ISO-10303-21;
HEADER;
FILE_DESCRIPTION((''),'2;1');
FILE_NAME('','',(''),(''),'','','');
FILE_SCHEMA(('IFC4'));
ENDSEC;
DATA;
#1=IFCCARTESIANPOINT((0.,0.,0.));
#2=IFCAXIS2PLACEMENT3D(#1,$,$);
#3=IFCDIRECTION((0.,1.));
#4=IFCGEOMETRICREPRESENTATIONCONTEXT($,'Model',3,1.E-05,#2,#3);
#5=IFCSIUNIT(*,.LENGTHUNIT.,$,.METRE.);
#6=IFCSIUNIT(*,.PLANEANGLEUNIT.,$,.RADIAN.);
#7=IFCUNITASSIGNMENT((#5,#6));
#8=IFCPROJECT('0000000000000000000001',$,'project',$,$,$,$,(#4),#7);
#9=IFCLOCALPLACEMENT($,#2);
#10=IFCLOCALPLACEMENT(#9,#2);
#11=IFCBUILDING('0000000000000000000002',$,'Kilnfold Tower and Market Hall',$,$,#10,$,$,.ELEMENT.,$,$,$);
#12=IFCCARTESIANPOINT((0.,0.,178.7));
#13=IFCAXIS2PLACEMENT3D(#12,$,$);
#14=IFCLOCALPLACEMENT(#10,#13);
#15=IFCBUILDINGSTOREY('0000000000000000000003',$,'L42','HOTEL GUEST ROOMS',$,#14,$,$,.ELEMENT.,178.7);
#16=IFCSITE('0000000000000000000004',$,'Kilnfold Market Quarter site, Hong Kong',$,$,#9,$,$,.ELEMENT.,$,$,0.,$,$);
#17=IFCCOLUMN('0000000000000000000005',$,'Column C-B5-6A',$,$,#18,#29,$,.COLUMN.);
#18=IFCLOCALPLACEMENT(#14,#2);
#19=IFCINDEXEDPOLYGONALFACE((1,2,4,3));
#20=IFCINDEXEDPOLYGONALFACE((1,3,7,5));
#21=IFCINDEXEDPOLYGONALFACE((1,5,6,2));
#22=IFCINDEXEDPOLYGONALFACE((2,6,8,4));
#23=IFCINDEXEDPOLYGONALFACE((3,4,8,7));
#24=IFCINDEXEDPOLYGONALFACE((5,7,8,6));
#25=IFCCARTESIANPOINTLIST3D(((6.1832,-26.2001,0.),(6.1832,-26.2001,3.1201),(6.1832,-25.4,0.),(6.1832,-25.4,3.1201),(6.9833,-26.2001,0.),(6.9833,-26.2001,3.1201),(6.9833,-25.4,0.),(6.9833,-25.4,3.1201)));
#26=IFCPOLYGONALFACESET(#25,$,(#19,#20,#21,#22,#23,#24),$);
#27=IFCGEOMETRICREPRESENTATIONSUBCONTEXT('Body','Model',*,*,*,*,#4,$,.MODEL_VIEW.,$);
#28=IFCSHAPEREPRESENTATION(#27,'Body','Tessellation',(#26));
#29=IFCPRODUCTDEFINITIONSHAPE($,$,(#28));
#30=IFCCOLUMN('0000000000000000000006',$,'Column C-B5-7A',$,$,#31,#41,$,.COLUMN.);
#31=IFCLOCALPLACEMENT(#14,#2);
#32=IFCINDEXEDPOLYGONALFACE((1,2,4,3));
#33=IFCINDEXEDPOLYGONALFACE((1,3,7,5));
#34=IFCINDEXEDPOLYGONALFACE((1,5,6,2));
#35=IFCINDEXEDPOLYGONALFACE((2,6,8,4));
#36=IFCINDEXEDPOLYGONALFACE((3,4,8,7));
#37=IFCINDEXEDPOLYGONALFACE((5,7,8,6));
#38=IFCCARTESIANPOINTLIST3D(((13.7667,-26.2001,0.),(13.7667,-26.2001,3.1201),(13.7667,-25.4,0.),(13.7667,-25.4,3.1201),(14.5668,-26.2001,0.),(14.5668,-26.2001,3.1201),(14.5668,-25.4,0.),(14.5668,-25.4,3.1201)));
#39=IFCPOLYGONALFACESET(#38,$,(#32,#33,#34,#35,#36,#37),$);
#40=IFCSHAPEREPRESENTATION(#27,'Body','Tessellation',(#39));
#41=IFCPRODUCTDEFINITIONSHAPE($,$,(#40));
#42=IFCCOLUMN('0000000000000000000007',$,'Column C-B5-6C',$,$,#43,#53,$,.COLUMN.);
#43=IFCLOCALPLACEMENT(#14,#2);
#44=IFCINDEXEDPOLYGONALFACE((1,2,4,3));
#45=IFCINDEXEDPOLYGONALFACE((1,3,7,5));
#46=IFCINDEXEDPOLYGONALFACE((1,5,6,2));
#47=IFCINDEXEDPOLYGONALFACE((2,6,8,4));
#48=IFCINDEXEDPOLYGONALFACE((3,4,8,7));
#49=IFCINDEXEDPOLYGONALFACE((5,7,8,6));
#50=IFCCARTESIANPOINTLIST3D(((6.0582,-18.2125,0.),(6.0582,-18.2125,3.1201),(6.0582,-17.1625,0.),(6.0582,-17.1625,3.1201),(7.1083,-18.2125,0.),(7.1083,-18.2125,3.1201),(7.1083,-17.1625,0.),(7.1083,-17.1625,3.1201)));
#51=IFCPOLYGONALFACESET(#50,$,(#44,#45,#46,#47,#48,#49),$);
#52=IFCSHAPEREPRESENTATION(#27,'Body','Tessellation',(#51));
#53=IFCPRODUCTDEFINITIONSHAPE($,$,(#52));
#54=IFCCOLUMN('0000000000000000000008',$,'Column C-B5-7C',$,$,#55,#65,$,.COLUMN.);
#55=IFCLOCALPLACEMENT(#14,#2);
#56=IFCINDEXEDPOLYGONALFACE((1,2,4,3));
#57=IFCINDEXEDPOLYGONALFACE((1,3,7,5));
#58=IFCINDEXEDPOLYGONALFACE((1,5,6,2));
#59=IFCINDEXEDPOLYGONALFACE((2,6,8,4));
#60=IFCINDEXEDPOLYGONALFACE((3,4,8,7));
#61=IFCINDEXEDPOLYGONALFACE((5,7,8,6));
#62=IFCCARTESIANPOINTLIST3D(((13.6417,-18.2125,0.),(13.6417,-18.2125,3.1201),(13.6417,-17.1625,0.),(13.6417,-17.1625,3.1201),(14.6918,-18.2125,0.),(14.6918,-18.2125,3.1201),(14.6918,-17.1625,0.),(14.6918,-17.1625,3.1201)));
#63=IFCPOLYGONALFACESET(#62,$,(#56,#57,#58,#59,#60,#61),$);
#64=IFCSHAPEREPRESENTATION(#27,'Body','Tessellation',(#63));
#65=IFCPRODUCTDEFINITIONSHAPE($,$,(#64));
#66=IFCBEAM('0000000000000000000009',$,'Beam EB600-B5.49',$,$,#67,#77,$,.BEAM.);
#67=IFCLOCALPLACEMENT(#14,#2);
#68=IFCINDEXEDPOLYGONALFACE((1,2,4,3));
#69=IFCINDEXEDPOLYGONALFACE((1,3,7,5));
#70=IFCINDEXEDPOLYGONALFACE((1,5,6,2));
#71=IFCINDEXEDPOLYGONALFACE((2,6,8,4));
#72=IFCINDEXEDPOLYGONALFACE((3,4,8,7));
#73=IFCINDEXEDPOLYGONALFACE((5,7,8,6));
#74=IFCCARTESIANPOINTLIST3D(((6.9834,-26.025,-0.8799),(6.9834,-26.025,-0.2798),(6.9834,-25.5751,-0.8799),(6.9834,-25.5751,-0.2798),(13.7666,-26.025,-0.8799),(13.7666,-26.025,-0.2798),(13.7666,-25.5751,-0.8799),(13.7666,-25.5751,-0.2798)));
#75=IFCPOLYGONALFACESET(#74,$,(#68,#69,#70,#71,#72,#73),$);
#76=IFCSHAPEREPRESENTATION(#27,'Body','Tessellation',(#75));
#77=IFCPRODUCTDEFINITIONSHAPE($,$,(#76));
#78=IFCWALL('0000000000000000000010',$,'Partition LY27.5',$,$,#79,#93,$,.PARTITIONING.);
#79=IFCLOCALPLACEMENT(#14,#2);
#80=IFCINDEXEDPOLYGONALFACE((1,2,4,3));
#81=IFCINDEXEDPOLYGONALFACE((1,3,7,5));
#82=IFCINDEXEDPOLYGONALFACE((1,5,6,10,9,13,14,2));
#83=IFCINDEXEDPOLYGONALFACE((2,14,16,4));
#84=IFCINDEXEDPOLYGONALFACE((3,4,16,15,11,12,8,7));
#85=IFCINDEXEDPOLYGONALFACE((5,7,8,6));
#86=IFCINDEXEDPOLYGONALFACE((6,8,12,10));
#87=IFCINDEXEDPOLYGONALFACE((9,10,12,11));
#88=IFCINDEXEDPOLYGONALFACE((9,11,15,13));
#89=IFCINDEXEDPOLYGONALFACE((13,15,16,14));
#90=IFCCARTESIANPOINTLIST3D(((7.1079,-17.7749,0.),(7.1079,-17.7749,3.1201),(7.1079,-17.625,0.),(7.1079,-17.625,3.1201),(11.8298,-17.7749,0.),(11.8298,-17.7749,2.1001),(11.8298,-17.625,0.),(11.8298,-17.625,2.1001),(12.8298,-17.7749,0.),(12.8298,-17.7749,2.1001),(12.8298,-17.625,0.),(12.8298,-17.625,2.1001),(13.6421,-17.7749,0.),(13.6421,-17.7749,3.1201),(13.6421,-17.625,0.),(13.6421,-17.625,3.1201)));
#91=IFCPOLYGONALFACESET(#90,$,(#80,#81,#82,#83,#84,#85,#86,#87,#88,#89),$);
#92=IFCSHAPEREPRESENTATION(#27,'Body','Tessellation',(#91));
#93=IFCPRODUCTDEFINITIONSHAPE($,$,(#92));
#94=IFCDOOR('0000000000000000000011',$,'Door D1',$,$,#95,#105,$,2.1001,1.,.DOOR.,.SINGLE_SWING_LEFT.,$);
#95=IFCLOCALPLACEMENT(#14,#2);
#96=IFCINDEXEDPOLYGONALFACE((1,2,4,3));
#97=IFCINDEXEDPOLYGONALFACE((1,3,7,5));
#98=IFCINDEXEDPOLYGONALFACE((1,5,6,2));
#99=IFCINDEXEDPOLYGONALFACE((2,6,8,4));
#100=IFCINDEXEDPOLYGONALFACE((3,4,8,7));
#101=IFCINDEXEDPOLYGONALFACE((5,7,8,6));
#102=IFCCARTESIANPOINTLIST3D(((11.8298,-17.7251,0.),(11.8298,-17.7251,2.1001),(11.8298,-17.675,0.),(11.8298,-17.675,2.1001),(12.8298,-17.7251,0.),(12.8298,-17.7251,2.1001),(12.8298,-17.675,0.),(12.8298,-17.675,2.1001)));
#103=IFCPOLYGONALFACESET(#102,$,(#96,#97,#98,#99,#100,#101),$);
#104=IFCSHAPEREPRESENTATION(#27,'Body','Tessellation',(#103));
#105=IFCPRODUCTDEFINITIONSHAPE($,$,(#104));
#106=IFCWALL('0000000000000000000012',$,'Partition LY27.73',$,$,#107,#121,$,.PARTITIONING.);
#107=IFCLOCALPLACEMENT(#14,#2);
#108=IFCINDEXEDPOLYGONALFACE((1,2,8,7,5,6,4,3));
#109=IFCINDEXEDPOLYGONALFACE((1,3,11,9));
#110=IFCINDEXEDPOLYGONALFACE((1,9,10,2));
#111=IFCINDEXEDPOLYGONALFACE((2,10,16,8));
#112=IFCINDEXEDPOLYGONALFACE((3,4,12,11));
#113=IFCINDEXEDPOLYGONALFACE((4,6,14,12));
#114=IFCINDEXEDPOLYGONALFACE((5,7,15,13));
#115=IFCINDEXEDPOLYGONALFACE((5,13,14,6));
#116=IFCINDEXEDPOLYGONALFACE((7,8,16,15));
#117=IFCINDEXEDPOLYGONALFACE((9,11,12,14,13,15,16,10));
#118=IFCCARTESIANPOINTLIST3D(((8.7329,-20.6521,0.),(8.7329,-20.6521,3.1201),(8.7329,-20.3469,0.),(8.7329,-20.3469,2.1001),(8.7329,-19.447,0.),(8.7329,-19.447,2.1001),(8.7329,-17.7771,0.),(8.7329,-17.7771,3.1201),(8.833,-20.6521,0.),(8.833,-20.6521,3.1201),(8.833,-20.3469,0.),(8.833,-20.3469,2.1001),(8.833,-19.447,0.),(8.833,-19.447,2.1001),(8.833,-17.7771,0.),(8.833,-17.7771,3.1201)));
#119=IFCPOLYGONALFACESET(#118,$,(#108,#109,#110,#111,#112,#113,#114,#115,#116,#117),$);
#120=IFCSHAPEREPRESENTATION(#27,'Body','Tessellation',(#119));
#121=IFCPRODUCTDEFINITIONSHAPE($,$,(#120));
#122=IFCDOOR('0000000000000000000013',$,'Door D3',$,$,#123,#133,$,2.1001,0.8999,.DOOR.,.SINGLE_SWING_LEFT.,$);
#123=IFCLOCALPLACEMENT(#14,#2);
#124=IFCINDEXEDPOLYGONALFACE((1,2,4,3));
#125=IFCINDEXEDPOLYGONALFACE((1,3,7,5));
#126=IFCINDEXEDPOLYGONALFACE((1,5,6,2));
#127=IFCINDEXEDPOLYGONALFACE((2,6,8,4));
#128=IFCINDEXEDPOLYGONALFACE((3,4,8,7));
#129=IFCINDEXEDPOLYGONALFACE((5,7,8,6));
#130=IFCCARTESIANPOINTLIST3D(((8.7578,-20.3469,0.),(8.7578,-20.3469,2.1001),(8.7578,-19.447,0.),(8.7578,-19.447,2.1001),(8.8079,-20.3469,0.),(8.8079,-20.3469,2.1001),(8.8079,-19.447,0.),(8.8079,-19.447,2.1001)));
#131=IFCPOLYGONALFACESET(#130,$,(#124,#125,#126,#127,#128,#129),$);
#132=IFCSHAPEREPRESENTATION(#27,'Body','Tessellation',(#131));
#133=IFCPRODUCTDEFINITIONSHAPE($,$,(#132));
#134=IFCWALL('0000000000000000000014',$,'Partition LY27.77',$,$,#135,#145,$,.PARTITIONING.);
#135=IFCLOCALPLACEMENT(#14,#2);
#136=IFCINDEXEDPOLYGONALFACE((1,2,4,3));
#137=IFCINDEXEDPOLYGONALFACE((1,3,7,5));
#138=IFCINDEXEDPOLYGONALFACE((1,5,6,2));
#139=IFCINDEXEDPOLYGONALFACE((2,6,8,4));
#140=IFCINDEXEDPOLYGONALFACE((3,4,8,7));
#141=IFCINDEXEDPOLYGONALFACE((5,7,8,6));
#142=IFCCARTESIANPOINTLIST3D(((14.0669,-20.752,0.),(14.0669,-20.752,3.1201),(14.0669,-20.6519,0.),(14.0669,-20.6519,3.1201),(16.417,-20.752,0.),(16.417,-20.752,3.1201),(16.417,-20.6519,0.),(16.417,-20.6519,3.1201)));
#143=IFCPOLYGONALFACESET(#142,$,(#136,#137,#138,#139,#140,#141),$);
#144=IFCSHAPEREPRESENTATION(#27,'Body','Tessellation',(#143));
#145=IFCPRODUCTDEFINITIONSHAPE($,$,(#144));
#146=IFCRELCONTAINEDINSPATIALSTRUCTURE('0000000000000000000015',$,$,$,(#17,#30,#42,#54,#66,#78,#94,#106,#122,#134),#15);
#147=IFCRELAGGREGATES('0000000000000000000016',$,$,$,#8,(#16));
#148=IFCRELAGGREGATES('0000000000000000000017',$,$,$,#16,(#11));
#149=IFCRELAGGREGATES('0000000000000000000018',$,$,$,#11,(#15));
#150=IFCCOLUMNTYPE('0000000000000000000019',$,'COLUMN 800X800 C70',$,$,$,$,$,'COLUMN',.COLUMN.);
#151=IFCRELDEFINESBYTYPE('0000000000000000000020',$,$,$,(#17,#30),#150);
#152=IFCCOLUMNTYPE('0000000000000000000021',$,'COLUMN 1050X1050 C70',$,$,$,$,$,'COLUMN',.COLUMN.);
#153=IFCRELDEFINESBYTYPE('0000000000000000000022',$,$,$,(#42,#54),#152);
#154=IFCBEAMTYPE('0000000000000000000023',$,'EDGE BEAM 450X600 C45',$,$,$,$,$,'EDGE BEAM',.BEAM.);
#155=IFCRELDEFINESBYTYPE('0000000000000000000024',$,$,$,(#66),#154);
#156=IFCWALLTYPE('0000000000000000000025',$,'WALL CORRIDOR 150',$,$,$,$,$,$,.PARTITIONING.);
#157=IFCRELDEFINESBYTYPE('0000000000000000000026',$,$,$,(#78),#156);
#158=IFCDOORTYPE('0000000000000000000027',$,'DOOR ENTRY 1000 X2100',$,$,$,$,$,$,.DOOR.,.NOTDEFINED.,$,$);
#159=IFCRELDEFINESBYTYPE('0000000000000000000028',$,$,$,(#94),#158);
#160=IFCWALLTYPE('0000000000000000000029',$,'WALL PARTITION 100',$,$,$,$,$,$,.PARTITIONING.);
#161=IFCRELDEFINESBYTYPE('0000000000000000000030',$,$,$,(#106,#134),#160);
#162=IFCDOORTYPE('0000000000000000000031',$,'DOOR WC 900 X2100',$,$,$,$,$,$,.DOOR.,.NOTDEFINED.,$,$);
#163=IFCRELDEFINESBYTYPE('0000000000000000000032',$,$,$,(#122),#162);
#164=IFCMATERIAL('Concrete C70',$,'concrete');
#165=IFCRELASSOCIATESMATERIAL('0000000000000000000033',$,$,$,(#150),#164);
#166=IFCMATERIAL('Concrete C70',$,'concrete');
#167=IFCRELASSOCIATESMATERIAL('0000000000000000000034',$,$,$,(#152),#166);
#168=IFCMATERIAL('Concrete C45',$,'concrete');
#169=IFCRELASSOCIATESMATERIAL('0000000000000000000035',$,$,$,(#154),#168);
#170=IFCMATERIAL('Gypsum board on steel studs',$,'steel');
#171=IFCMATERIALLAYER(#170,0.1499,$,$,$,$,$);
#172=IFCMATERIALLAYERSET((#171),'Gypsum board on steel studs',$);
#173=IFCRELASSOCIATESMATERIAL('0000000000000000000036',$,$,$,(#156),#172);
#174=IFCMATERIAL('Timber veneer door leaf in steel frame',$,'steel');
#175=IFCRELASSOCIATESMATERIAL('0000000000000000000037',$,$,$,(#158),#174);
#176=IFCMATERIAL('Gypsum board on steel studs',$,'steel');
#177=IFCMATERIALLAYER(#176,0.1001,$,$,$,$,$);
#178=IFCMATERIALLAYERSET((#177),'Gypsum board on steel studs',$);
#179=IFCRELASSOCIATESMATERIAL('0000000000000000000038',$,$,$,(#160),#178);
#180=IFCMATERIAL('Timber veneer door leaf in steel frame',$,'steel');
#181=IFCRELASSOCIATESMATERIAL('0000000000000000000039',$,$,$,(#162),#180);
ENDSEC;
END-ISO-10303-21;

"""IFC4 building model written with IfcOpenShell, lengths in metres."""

from ifc_helpers import new_model, si_unit, direction, frame, frame_2d, origin, origin_2d, place, context, subcontext, project, spatial, rectangle, extrude, source, transform, mapped, material, layer, layer_set, material_profile, profile_set, type_object, element, fill, save


model = new_model("IFC4")

# Units and contexts
model_context = context("Model", 3, precision=1e-05, world=origin(), true_north=direction((0.0, 1.0)))
body_context = subcontext(model_context, "Body", "Model", "MODEL_VIEW")
ifc_project = project(units=[si_unit("LENGTHUNIT", "METRE"), si_unit("PLANEANGLEUNIT", "RADIAN")], contexts=[model_context])

# Site, building, storey
site_placement = place(None, origin())
site = spatial("IfcSite", under=ifc_project, at=site_placement, Name="Kilnfold Market Quarter site, Hong Kong", CompositionType="ELEMENT", RefElevation=0.0)
building_placement = place(site_placement, origin())
building = spatial("IfcBuilding", under=site, at=building_placement, Name="Kilnfold Tower and Market Hall", CompositionType="ELEMENT")
storey_placement = place(building_placement, frame((0.0, 0.0, 178.7)))
storey = spatial("IfcBuildingStorey", under=building, at=storey_placement, Name="L42", Description="HOTEL GUEST ROOMS", CompositionType="ELEMENT", Elevation=178.7)

# Columns
ifc_material_1 = material(Name="Concrete C70", Category="concrete")
ifc_material_profile_1 = material_profile(ifc_material_1, rectangle(XDim=0.8, YDim=0.8, at=origin_2d()), Name="RC 800x800")
ifc_profile_set_1 = profile_set([ifc_material_profile_1], Name="Concrete C70")
column_type_1 = type_object("IfcColumnType", Name="COLUMN 800X800 C70", ElementType="COLUMN", PredefinedType="COLUMN", material=ifc_profile_set_1)
shared_shape_1 = source(origin(), body_context, "Body", "SweptSolid", [
    extrude(rectangle(XDim=0.8, YDim=0.8, at=origin_2d()), origin(), (0.0, 0.0, 1.0), 3.1201),
])
for number, where, z_axis, x_axis, name in (
    (1, (6.5833, -25.8, 0.0), (0.0, 0.0, 1.0), (1.0, 0.0, 0.0), "Column C-B5-6A"),
    (2, (14.1667, -25.8, 0.0), (0.0, 0.0, 1.0), (1.0, 0.0, 0.0), "Column C-B5-7A"),
):
    element("IfcColumn", number, at=place(storey_placement, frame(where, z_axis=z_axis, x_axis=x_axis)), inside=storey, type_object=column_type_1, Name=name, PredefinedType="COLUMN", context=body_context, shape_type="MappedRepresentation", body=[
        mapped(shared_shape_1, transform((0.0, 0.0, 0.0))),
    ])
ifc_material_2 = material(Name="Concrete C70", Category="concrete")
ifc_material_profile_2 = material_profile(ifc_material_2, rectangle(XDim=1.05, YDim=1.05, at=origin_2d()), Name="RC 1050x1050")
ifc_profile_set_2 = profile_set([ifc_material_profile_2], Name="Concrete C70")
column_type_2 = type_object("IfcColumnType", Name="COLUMN 1050X1050 C70", ElementType="COLUMN", PredefinedType="COLUMN", material=ifc_profile_set_2)
shared_shape_2 = source(origin(), body_context, "Body", "SweptSolid", [
    extrude(rectangle(XDim=1.05, YDim=1.05, at=origin_2d()), origin(), (0.0, 0.0, 1.0), 3.1201),
])
for number, where, z_axis, x_axis, name in (
    (3, (6.5833, -17.6875, 0.0), (0.0, 0.0, 1.0), (1.0, 0.0, 0.0), "Column C-B5-6C"),
    (4, (14.1667, -17.6875, 0.0), (0.0, 0.0, 1.0), (1.0, 0.0, 0.0), "Column C-B5-7C"),
):
    element("IfcColumn", number, at=place(storey_placement, frame(where, z_axis=z_axis, x_axis=x_axis)), inside=storey, type_object=column_type_2, Name=name, PredefinedType="COLUMN", context=body_context, shape_type="MappedRepresentation", body=[
        mapped(shared_shape_2, transform((0.0, 0.0, 0.0))),
    ])

# Beam
ifc_material_3 = material(Name="Concrete C45", Category="concrete")
ifc_material_profile_3 = material_profile(ifc_material_3, rectangle(XDim=0.45, YDim=0.6001, at=origin_2d()), Name="RC 450x600")
ifc_profile_set_3 = profile_set([ifc_material_profile_3], Name="Concrete C45")
beam_type = type_object("IfcBeamType", Name="EDGE BEAM 450X600 C45", ElementType="EDGE BEAM", PredefinedType="BEAM", material=ifc_profile_set_3)
shared_shape_3 = source(origin(), body_context, "Body", "SweptSolid", [
    extrude(rectangle(XDim=0.45, YDim=0.6001, at=origin_2d()), origin(), (0.0, 0.0, 1.0), 6.7832),
])
beam_placement = place(storey_placement, frame((6.9834, -25.8, -0.5798), z_axis=(1.0, 0.0, 0.0), x_axis=(0.0, 1.0, 0.0)))
element("IfcBeam", 5, at=beam_placement, inside=storey, type_object=beam_type, Name="Beam EB600-B5.49", PredefinedType="BEAM", context=body_context, shape_type="MappedRepresentation", body=[
    mapped(shared_shape_3, transform((0.0, 0.0, 0.0))),
])

# Walls, openings, doors
ifc_material_4 = material(Name="Gypsum board on steel studs", Category="steel")
ifc_layer_1 = layer(ifc_material_4, 0.1499)
ifc_layer_set_1 = layer_set([ifc_layer_1], Name="Gypsum board on steel studs")
wall_type_1 = type_object("IfcWallType", Name="WALL CORRIDOR 150", PredefinedType="PARTITIONING", material=ifc_layer_set_1)
wall_1_placement = place(storey_placement, frame((7.1079, -17.7, 0.0), z_axis=(0.0, 0.0, 1.0), x_axis=(1.0, 0.0, 0.0)))
wall_1 = element("IfcWall", 6, at=wall_1_placement, inside=storey, type_object=wall_type_1, Name="Partition LY27.5", PredefinedType="PARTITIONING", context=body_context, shape_type="SweptSolid", body=[
    extrude(rectangle(XDim=6.5342, YDim=0.1499, at=frame_2d((3.2671, 0.0))), origin(), (0.0, 0.0, 1.0), 3.1201),
])
opening_1_placement = place(wall_1_placement, frame((4.7219, 0.0, 0.0)))
opening_1 = element("IfcOpeningElement", 7, at=opening_1_placement, cuts=wall_1, PredefinedType="OPENING", context=body_context, shape_type="SweptSolid", body=[
    extrude(rectangle(XDim=1.0, YDim=2.1001, at=frame_2d((0.5, 1.05))), frame((0.0, 0.085, 0.0), z_axis=(0.0, -1.0, 0.0), x_axis=(1.0, 0.0, 0.0)), (0.0, 0.0, 1.0), 0.1699),
])
ifc_material_5 = material(Name="Timber veneer door leaf in steel frame", Category="steel")
door_type_1 = type_object("IfcDoorType", Name="DOOR ENTRY 1000 X2100", OperationType="NOTDEFINED", PredefinedType="DOOR", material=ifc_material_5)
door_1_placement = place(opening_1_placement, origin())
door_1 = element("IfcDoor", 8, at=door_1_placement, inside=storey, type_object=door_type_1, Name="Door D1", OperationType="SINGLE_SWING_LEFT", OverallHeight=2.1001, OverallWidth=1.0, PredefinedType="DOOR", context=body_context, shape_type="SweptSolid", body=[
    extrude(rectangle(XDim=1.0, YDim=2.1001, at=frame_2d((0.5, 1.05))), frame((0.0, 0.0249, 0.0), z_axis=(0.0, -1.0, 0.0), x_axis=(1.0, 0.0, 0.0)), (0.0, 0.0, 1.0), 0.05),
])
fill(opening_1, door_1)
ifc_material_6 = material(Name="Gypsum board on steel studs", Category="steel")
ifc_layer_2 = layer(ifc_material_6, 0.1001)
ifc_layer_set_2 = layer_set([ifc_layer_2], Name="Gypsum board on steel studs")
wall_type_2 = type_object("IfcWallType", Name="WALL PARTITION 100", PredefinedType="PARTITIONING", material=ifc_layer_set_2)
wall_2_placement = place(storey_placement, frame((8.783, -17.7771, 0.0), z_axis=(0.0, 0.0, 1.0), x_axis=(0.0, -1.0, 0.0)))
wall_2 = element("IfcWall", 9, at=wall_2_placement, inside=storey, type_object=wall_type_2, Name="Partition LY27.73", PredefinedType="PARTITIONING", context=body_context, shape_type="SweptSolid", body=[
    extrude(rectangle(XDim=2.875, YDim=0.1001, at=frame_2d((1.4375, 0.0))), origin(), (0.0, 0.0, 1.0), 3.1201),
])
opening_2_placement = place(wall_2_placement, frame((1.6699, 0.0, 0.0)))
opening_2 = element("IfcOpeningElement", 10, at=opening_2_placement, cuts=wall_2, PredefinedType="OPENING", context=body_context, shape_type="SweptSolid", body=[
    extrude(rectangle(XDim=0.8999, YDim=2.1001, at=frame_2d((0.45, 1.05))), frame((0.0, 0.0601, 0.0), z_axis=(0.0, -1.0, 0.0), x_axis=(1.0, 0.0, 0.0)), (0.0, 0.0, 1.0), 0.1201),
])
ifc_material_7 = material(Name="Timber veneer door leaf in steel frame", Category="steel")
door_type_2 = type_object("IfcDoorType", Name="DOOR WC 900 X2100", OperationType="NOTDEFINED", PredefinedType="DOOR", material=ifc_material_7)
door_2_placement = place(opening_2_placement, origin())
door_2 = element("IfcDoor", 11, at=door_2_placement, inside=storey, type_object=door_type_2, Name="Door D3", OperationType="SINGLE_SWING_LEFT", OverallHeight=2.1001, OverallWidth=0.8999, PredefinedType="DOOR", context=body_context, shape_type="SweptSolid", body=[
    extrude(rectangle(XDim=0.8999, YDim=2.1001, at=frame_2d((0.45, 1.05))), frame((0.0, 0.0249, 0.0), z_axis=(0.0, -1.0, 0.0), x_axis=(1.0, 0.0, 0.0)), (0.0, 0.0, 1.0), 0.05),
])
fill(opening_2, door_2)

# Wall
wall_3_placement = place(storey_placement, frame((14.0669, -20.7019, 0.0), z_axis=(0.0, 0.0, 1.0), x_axis=(1.0, 0.0, 0.0)))
element("IfcWall", 12, at=wall_3_placement, inside=storey, type_object=wall_type_2, Name="Partition LY27.77", PredefinedType="PARTITIONING", context=body_context, shape_type="SweptSolid", body=[
    extrude(rectangle(XDim=2.3501, YDim=0.1001, at=frame_2d((1.175, 0.0))), origin(), (0.0, 0.0, 1.0), 3.1201),
])

save(model, "model.ifc")
